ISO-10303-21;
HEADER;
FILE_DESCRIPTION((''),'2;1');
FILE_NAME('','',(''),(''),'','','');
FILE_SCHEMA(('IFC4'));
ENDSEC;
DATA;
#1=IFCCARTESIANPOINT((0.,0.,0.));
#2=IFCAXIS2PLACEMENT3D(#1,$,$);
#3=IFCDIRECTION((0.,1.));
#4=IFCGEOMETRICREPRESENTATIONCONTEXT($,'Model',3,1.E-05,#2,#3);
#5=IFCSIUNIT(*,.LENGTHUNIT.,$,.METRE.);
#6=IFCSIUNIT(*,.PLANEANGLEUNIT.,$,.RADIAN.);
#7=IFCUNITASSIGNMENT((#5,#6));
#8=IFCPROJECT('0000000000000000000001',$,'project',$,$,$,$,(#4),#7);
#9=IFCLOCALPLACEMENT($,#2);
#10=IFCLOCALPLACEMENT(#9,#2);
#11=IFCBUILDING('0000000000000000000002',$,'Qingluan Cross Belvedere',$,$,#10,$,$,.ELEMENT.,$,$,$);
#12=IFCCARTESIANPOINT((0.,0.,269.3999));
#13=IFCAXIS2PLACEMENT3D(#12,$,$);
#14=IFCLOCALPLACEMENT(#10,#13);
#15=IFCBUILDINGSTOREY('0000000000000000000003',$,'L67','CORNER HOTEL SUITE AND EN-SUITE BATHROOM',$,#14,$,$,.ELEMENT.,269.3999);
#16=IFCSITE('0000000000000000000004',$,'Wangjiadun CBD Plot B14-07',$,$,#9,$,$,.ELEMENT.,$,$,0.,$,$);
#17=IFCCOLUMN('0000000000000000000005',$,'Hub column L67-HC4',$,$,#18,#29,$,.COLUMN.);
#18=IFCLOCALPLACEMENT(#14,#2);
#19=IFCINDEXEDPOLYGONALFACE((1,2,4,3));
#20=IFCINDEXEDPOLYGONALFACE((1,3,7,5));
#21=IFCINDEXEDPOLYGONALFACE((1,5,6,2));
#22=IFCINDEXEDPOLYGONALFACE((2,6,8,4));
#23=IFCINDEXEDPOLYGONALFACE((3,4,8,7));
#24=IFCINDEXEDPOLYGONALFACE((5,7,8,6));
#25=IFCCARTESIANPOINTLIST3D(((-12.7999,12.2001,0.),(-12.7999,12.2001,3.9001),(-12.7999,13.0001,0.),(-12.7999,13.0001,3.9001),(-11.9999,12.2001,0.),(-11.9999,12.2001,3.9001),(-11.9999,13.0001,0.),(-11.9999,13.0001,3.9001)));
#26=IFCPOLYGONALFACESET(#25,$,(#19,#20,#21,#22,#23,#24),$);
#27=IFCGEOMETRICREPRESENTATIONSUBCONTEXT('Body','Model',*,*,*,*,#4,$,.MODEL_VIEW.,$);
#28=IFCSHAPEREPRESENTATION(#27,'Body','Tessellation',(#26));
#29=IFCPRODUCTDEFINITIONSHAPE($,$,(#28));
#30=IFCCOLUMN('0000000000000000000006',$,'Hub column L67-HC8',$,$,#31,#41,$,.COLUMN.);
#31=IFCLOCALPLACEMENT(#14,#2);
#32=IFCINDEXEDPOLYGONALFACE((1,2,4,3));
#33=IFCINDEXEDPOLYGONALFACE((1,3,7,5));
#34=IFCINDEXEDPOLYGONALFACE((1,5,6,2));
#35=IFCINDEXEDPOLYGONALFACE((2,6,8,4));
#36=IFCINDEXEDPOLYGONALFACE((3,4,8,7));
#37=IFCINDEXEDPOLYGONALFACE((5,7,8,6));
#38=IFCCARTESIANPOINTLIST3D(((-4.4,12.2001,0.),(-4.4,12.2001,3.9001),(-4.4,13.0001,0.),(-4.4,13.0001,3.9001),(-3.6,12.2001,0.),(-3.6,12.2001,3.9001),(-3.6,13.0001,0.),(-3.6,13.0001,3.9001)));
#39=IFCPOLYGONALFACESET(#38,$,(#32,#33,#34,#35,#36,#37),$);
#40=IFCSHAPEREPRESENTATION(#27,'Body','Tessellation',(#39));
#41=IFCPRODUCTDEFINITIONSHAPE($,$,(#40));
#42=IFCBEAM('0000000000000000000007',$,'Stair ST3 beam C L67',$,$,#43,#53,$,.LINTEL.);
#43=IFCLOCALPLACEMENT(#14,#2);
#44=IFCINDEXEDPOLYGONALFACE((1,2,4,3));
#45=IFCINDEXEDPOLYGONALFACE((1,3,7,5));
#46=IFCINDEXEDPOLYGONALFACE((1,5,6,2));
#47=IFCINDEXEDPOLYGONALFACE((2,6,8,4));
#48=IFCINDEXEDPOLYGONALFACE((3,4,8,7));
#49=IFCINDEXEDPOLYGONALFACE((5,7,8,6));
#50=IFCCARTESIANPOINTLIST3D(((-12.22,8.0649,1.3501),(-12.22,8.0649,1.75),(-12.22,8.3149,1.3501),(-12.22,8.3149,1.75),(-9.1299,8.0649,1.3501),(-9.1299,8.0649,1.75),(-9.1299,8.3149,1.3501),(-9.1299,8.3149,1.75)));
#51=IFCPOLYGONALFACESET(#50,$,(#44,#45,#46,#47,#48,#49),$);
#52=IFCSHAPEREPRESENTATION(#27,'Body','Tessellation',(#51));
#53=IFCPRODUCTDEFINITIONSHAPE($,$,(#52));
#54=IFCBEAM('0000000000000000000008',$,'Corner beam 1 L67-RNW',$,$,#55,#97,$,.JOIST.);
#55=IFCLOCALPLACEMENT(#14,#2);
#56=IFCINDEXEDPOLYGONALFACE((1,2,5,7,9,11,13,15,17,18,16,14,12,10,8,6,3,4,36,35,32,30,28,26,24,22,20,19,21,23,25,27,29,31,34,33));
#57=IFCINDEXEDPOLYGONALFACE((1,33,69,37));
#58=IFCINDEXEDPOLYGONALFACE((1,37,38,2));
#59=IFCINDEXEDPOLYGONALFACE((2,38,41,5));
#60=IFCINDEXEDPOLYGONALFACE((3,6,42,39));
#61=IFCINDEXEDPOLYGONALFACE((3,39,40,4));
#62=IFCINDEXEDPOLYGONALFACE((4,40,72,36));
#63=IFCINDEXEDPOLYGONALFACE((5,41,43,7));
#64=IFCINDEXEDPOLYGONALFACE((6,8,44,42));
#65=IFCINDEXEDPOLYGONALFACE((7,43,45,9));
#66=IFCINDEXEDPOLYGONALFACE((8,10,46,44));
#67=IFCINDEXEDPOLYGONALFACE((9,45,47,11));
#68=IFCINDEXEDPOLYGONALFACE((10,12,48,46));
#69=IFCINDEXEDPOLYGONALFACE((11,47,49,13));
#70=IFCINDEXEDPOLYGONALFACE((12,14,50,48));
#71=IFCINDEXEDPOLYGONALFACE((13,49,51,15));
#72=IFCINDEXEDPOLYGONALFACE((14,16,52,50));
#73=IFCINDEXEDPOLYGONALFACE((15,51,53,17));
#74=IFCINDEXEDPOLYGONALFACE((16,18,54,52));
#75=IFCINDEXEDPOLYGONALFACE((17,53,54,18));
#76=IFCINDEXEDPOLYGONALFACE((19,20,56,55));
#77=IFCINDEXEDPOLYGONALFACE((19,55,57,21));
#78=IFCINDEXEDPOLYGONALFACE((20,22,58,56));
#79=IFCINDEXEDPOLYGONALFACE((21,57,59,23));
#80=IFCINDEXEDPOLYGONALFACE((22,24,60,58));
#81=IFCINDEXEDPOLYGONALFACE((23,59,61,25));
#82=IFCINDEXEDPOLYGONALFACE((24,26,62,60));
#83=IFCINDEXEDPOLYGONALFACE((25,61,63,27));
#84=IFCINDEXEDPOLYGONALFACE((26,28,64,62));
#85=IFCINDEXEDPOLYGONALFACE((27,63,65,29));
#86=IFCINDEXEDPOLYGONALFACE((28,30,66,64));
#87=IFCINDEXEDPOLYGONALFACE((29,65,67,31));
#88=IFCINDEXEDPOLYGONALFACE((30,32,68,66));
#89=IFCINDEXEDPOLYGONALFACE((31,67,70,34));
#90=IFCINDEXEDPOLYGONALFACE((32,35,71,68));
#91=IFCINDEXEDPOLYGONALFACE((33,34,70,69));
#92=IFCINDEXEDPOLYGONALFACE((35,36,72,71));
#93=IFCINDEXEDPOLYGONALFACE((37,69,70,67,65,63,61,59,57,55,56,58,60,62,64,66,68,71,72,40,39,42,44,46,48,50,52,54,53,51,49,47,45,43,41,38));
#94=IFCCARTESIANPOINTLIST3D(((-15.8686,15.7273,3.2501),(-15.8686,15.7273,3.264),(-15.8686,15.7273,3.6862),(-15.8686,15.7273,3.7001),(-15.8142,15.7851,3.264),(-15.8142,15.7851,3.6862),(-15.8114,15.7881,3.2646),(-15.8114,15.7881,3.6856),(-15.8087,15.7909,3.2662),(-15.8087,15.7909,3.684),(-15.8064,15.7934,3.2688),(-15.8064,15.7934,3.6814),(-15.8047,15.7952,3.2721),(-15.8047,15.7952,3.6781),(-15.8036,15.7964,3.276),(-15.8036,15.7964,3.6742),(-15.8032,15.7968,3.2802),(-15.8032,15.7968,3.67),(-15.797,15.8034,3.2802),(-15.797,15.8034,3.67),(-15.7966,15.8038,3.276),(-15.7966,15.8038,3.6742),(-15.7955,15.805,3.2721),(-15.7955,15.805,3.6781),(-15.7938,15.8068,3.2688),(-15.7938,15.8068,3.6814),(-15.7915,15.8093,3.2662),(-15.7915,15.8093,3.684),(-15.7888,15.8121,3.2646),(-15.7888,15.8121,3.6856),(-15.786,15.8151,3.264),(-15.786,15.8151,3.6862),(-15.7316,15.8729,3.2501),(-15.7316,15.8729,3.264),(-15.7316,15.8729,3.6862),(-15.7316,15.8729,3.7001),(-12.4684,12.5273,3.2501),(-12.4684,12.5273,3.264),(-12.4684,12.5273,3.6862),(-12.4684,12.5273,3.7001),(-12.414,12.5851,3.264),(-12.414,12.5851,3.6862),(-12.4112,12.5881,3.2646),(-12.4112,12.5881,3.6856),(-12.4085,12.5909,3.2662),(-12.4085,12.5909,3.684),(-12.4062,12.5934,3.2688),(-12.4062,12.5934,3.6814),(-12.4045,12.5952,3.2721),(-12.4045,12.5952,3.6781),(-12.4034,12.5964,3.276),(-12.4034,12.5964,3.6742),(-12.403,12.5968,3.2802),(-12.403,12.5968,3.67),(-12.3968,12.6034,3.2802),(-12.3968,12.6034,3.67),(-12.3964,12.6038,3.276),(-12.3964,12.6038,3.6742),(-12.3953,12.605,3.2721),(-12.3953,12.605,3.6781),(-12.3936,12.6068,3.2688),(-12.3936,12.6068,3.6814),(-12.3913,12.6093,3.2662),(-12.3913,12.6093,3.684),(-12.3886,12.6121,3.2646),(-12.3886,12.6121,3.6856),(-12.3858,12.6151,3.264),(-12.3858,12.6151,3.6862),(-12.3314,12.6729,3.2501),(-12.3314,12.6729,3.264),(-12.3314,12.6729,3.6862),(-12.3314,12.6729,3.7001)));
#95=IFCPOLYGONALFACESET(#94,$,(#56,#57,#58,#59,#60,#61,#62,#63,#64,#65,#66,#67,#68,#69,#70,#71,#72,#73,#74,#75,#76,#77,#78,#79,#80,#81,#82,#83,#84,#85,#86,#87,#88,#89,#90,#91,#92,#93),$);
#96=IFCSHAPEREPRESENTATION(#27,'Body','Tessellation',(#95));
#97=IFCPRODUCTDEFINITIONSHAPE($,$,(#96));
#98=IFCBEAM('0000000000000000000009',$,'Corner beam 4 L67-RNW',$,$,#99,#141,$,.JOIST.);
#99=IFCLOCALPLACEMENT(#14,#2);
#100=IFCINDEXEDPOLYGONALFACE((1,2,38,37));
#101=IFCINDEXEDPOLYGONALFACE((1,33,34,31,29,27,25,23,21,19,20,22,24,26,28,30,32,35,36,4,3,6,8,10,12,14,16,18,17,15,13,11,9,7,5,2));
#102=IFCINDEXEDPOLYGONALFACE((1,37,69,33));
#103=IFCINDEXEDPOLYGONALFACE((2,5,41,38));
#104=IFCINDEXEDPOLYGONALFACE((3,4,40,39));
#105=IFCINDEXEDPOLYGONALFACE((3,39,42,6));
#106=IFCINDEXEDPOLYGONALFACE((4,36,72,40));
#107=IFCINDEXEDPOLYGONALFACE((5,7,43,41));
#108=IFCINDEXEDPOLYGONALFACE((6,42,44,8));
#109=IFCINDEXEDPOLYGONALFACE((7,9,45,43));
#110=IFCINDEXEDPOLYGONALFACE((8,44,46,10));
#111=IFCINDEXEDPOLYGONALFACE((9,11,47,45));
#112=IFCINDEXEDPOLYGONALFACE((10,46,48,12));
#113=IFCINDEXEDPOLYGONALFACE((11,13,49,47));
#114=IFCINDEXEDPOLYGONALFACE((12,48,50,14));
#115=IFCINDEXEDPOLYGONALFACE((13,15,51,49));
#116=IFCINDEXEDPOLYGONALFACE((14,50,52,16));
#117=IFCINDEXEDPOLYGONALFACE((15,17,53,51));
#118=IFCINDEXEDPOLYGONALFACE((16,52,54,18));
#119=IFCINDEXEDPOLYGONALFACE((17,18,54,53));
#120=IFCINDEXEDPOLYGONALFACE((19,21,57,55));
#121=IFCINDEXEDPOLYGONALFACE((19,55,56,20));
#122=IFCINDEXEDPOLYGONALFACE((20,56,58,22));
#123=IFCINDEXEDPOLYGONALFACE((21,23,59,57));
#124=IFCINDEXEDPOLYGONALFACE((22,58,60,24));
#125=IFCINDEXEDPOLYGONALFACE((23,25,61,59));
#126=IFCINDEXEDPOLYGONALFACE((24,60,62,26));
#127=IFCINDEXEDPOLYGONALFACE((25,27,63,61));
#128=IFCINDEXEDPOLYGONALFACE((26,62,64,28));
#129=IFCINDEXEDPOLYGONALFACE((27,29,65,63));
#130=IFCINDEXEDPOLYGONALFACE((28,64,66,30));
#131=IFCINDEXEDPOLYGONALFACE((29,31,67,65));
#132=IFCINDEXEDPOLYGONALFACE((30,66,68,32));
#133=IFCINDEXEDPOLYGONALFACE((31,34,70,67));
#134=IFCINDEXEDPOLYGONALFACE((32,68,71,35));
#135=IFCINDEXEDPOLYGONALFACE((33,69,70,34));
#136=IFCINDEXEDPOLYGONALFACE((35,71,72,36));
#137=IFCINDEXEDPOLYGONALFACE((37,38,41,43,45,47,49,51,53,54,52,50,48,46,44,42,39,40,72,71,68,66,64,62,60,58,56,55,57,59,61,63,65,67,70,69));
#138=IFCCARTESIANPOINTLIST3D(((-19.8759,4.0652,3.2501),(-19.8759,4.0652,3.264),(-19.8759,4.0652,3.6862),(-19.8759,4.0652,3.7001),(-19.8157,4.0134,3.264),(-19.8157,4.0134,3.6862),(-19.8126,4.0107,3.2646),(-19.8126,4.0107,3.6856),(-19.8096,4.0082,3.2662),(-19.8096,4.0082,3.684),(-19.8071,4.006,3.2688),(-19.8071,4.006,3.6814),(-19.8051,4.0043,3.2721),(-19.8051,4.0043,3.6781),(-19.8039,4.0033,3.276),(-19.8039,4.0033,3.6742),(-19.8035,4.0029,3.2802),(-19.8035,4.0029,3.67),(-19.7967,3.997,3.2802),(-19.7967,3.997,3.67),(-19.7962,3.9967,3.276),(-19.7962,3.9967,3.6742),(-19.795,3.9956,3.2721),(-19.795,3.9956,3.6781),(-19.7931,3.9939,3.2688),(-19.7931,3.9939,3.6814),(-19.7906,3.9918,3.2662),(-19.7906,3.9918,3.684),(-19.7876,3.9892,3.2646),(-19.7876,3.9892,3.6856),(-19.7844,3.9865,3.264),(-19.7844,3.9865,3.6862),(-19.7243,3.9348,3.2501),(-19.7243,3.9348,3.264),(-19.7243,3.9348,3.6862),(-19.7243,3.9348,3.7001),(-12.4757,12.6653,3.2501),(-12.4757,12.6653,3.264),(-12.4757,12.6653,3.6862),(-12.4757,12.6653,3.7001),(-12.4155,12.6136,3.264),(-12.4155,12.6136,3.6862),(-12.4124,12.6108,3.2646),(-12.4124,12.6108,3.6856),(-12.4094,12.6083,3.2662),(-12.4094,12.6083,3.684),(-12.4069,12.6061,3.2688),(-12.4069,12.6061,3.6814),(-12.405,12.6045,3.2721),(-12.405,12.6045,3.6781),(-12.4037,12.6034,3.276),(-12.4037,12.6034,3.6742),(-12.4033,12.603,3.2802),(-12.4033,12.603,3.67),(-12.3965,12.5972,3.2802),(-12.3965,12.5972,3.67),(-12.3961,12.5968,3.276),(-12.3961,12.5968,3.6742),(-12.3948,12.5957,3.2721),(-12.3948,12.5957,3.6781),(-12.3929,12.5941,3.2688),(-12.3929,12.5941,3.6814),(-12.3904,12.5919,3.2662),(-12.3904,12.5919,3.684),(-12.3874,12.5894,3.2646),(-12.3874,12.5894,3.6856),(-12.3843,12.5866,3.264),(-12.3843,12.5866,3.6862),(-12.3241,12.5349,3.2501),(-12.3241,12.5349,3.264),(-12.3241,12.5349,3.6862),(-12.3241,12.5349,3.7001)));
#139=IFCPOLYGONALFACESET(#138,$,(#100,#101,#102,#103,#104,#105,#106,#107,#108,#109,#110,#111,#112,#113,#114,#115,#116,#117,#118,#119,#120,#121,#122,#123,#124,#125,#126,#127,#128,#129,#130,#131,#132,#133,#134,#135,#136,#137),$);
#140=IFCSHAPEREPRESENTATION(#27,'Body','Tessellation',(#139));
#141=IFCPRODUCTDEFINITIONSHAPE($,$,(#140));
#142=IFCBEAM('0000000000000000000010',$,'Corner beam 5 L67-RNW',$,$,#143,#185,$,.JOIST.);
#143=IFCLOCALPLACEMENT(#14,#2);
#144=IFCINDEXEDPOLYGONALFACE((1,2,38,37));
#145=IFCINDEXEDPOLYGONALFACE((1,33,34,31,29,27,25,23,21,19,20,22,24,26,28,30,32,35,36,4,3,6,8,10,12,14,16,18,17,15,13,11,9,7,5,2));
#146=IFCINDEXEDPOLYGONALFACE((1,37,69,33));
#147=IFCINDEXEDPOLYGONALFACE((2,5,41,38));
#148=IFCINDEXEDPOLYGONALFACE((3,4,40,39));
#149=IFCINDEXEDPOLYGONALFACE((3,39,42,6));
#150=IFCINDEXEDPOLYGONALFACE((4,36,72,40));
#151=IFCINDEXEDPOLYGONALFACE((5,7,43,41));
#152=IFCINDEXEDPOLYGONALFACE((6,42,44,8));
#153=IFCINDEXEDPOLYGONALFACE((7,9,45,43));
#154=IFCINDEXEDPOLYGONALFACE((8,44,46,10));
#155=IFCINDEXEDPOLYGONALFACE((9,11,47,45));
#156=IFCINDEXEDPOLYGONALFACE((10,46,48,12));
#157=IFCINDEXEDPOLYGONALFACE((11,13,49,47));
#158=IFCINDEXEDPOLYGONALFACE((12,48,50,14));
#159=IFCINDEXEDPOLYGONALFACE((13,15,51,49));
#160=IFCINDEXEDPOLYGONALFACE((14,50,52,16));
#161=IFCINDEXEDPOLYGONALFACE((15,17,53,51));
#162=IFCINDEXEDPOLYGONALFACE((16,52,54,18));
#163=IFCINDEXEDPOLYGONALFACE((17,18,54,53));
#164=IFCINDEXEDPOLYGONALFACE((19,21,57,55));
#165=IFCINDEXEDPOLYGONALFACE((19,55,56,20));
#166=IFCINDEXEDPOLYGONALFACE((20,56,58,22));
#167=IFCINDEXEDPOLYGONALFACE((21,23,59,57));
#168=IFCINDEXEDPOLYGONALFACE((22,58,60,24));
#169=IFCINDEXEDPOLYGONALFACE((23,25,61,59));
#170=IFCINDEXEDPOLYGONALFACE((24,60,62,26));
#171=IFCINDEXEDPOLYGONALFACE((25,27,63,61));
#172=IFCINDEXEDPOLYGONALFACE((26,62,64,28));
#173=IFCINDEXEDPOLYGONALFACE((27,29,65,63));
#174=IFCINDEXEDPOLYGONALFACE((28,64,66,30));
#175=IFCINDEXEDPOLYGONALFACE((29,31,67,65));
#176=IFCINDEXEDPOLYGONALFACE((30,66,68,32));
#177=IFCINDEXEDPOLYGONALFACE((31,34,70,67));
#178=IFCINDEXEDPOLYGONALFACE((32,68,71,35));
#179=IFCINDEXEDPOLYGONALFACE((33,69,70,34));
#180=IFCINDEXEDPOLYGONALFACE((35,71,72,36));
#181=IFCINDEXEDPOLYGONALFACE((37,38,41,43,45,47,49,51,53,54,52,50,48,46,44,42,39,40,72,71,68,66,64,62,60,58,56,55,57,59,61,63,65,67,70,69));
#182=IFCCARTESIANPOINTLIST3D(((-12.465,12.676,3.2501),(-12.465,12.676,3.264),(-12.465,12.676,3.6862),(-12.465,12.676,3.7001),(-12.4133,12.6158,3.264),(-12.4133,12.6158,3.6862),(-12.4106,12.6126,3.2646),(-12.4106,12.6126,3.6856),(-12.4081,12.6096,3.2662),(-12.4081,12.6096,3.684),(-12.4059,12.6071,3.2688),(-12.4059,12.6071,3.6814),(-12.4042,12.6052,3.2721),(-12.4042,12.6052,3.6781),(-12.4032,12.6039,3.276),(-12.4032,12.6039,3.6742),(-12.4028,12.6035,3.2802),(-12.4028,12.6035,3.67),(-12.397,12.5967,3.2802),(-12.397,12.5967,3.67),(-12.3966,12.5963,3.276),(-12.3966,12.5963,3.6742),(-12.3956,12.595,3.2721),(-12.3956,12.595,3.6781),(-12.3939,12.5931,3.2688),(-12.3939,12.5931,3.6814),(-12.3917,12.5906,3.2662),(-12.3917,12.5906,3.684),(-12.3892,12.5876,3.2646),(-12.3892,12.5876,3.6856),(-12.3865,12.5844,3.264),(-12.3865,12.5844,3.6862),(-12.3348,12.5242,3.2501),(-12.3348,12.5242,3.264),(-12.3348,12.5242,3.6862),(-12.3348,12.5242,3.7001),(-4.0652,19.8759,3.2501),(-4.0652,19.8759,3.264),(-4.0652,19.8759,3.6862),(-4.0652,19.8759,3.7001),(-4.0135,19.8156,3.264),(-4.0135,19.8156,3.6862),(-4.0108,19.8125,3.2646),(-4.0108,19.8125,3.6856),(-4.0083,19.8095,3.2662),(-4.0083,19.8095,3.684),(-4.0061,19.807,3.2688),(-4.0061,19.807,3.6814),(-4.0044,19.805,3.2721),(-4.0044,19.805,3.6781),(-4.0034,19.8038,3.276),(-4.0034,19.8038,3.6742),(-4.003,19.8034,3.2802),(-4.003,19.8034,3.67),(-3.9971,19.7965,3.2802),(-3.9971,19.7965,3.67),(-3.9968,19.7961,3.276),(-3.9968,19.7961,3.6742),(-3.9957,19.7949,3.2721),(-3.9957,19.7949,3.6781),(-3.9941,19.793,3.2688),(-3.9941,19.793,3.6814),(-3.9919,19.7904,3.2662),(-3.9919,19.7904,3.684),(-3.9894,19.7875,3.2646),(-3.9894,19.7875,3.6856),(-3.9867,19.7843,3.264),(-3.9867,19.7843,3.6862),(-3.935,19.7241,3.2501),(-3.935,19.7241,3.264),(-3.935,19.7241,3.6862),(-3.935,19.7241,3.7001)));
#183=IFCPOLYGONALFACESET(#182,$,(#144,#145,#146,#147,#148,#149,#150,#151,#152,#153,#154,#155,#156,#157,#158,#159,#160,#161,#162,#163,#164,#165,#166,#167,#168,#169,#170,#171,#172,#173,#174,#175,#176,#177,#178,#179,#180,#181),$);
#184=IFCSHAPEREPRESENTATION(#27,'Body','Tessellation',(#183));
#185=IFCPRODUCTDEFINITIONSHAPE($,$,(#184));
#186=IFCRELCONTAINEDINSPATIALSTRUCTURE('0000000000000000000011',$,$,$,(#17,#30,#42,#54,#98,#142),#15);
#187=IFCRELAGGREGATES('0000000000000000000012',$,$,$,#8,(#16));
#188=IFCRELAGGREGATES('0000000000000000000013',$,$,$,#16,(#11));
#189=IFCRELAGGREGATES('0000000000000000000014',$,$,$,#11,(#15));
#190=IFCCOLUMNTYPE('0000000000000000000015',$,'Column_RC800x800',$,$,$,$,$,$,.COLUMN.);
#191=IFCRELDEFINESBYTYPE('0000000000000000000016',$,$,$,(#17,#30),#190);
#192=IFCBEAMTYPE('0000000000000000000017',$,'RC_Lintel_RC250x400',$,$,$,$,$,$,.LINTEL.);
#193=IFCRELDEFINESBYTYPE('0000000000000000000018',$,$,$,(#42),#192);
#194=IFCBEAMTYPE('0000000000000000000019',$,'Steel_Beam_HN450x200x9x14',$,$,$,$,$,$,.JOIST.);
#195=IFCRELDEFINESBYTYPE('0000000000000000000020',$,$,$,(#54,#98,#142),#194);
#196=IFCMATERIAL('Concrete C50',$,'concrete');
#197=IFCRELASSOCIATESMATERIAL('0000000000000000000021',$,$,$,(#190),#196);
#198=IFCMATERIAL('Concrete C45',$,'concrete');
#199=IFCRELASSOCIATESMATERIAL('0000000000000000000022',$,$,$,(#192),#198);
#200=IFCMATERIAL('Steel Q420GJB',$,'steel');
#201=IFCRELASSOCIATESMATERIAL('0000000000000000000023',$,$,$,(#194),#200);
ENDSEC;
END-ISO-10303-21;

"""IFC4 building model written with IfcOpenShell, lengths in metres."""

from ifc_helpers import new_model, si_unit, direction, frame, origin, origin_2d, place, context, subcontext, project, spatial, rectangle, i_section, extrude, material, material_profile, profile_set, type_object, element, save


model = new_model("IFC4")

# Units and contexts
model_context = context("Model", 3, precision=1e-05, world=origin(), true_north=direction((0.0, 1.0)))
body_context = subcontext(model_context, "Body", "Model", "MODEL_VIEW")
ifc_project = project(units=[si_unit("LENGTHUNIT", "METRE"), si_unit("PLANEANGLEUNIT", "RADIAN")], contexts=[model_context])

# Site, building, storey
site_placement = place(None, origin())
site = spatial("IfcSite", under=ifc_project, at=site_placement, Name="Wangjiadun CBD Plot B14-07", CompositionType="ELEMENT", RefElevation=0.0)
building_placement = place(site_placement, origin())
building = spatial("IfcBuilding", under=site, at=building_placement, Name="Qingluan Cross Belvedere", CompositionType="ELEMENT")
storey_placement = place(building_placement, frame((0.0, 0.0, 269.3999)))
storey = spatial("IfcBuildingStorey", under=building, at=storey_placement, Name="L67", Description="CORNER HOTEL SUITE AND EN-SUITE BATHROOM", CompositionType="ELEMENT", Elevation=269.3999)

# Columns
ifc_material_1 = material(Name="Concrete C50", Category="concrete")
ifc_material_profile_1 = material_profile(ifc_material_1, rectangle(XDim=0.8, YDim=0.8, at=origin_2d()), Name="RC800x800")
ifc_profile_set_1 = profile_set([ifc_material_profile_1], Name="Concrete C50")
column_type = type_object("IfcColumnType", Name="Column_RC800x800", PredefinedType="COLUMN", material=ifc_profile_set_1)
for number, where, z_axis, x_axis, name in (
    (1, (-12.3999, 12.6001, 0.0), (0.0, 0.0, 1.0), (1.0, 0.0, 0.0), "Hub column L67-HC4"),
    (2, (-4.0, 12.6001, 0.0), (0.0, 0.0, 1.0), (1.0, 0.0, 0.0), "Hub column L67-HC8"),
):
    element("IfcColumn", number, at=place(storey_placement, frame(where, z_axis=z_axis, x_axis=x_axis)), inside=storey, type_object=column_type, Name=name, PredefinedType="COLUMN", context=body_context, shape_type="SweptSolid", body=[
        extrude(rectangle(XDim=0.8, YDim=0.8, at=origin_2d()), origin(), (0.0, 0.0, 1.0), 3.9001),
    ])

# Beams
ifc_material_2 = material(Name="Concrete C45", Category="concrete")
ifc_material_profile_2 = material_profile(ifc_material_2, rectangle(XDim=0.25, YDim=0.3999, at=origin_2d()), Name="RC250x400")
ifc_profile_set_2 = profile_set([ifc_material_profile_2], Name="Concrete C45")
beam_type_1 = type_object("IfcBeamType", Name="RC_Lintel_RC250x400", PredefinedType="LINTEL", material=ifc_profile_set_2)
beam_1_placement = place(storey_placement, frame((-12.22, 8.1899, 1.55), z_axis=(1.0, 0.0, 0.0), x_axis=(0.0, 1.0, 0.0)))
element("IfcBeam", 3, at=beam_1_placement, inside=storey, type_object=beam_type_1, Name="Stair ST3 beam C L67", PredefinedType="LINTEL", context=body_context, shape_type="SweptSolid", body=[
    extrude(rectangle(XDim=0.25, YDim=0.3999, at=origin_2d()), origin(), (0.0, 0.0, 1.0), 3.0901),
])
ifc_material_3 = material(Name="Steel Q420GJB", Category="steel")
ifc_material_profile_3 = material_profile(ifc_material_3, i_section(OverallWidth=0.2, OverallDepth=0.45, WebThickness=0.009, FlangeThickness=0.0139, FilletRadius=0.0161, at=origin_2d()), Name="HN450x200x9x14")
ifc_profile_set_3 = profile_set([ifc_material_profile_3], Name="Steel Q420GJB")
beam_type_2 = type_object("IfcBeamType", Name="Steel_Beam_HN450x200x9x14", PredefinedType="JOIST", material=ifc_profile_set_3)
beam_2_placement = place(storey_placement, frame((-12.3999, 12.6001, 3.4751), z_axis=(-0.72822, 0.685343, 0.0), x_axis=(-0.685343, -0.72822, 0.0)))
element("IfcBeam", 4, at=beam_2_placement, inside=storey, type_object=beam_type_2, Name="Corner beam 1 L67-RNW", PredefinedType="JOIST", context=body_context, shape_type="SweptSolid", body=[
    extrude(i_section(OverallWidth=0.2, OverallDepth=0.45, WebThickness=0.009, FlangeThickness=0.0139, FilletRadius=0.0161, at=origin_2d()), origin(), (0.0, 0.0, 1.0), 4.6692),
])
beam_3_placement = place(storey_placement, frame((-12.3999, 12.6001, 3.4751), z_axis=(-0.652245, -0.758008, 0.0), x_axis=(0.758008, -0.652245, 0.0)))
element("IfcBeam", 5, at=beam_3_placement, inside=storey, type_object=beam_type_2, Name="Corner beam 4 L67-RNW", PredefinedType="JOIST", context=body_context, shape_type="SweptSolid", body=[
    extrude(i_section(OverallWidth=0.2, OverallDepth=0.45, WebThickness=0.009, FlangeThickness=0.0139, FilletRadius=0.0161, at=origin_2d()), origin(), (0.0, 0.0, 1.0), 11.3457),
])
beam_4_placement = place(storey_placement, frame((-12.3999, 12.6001, 3.4751), z_axis=(0.759255, 0.650793, 0.0), x_axis=(-0.650793, 0.759255, 0.0)))
element("IfcBeam", 6, at=beam_4_placement, inside=storey, type_object=beam_type_2, Name="Corner beam 5 L67-RNW", PredefinedType="JOIST", context=body_context, shape_type="SweptSolid", body=[
    extrude(i_section(OverallWidth=0.2, OverallDepth=0.45, WebThickness=0.009, FlangeThickness=0.0139, FilletRadius=0.0161, at=origin_2d()), origin(), (0.0, 0.0, 1.0), 11.0632),
])

save(model, "model.ifc")
